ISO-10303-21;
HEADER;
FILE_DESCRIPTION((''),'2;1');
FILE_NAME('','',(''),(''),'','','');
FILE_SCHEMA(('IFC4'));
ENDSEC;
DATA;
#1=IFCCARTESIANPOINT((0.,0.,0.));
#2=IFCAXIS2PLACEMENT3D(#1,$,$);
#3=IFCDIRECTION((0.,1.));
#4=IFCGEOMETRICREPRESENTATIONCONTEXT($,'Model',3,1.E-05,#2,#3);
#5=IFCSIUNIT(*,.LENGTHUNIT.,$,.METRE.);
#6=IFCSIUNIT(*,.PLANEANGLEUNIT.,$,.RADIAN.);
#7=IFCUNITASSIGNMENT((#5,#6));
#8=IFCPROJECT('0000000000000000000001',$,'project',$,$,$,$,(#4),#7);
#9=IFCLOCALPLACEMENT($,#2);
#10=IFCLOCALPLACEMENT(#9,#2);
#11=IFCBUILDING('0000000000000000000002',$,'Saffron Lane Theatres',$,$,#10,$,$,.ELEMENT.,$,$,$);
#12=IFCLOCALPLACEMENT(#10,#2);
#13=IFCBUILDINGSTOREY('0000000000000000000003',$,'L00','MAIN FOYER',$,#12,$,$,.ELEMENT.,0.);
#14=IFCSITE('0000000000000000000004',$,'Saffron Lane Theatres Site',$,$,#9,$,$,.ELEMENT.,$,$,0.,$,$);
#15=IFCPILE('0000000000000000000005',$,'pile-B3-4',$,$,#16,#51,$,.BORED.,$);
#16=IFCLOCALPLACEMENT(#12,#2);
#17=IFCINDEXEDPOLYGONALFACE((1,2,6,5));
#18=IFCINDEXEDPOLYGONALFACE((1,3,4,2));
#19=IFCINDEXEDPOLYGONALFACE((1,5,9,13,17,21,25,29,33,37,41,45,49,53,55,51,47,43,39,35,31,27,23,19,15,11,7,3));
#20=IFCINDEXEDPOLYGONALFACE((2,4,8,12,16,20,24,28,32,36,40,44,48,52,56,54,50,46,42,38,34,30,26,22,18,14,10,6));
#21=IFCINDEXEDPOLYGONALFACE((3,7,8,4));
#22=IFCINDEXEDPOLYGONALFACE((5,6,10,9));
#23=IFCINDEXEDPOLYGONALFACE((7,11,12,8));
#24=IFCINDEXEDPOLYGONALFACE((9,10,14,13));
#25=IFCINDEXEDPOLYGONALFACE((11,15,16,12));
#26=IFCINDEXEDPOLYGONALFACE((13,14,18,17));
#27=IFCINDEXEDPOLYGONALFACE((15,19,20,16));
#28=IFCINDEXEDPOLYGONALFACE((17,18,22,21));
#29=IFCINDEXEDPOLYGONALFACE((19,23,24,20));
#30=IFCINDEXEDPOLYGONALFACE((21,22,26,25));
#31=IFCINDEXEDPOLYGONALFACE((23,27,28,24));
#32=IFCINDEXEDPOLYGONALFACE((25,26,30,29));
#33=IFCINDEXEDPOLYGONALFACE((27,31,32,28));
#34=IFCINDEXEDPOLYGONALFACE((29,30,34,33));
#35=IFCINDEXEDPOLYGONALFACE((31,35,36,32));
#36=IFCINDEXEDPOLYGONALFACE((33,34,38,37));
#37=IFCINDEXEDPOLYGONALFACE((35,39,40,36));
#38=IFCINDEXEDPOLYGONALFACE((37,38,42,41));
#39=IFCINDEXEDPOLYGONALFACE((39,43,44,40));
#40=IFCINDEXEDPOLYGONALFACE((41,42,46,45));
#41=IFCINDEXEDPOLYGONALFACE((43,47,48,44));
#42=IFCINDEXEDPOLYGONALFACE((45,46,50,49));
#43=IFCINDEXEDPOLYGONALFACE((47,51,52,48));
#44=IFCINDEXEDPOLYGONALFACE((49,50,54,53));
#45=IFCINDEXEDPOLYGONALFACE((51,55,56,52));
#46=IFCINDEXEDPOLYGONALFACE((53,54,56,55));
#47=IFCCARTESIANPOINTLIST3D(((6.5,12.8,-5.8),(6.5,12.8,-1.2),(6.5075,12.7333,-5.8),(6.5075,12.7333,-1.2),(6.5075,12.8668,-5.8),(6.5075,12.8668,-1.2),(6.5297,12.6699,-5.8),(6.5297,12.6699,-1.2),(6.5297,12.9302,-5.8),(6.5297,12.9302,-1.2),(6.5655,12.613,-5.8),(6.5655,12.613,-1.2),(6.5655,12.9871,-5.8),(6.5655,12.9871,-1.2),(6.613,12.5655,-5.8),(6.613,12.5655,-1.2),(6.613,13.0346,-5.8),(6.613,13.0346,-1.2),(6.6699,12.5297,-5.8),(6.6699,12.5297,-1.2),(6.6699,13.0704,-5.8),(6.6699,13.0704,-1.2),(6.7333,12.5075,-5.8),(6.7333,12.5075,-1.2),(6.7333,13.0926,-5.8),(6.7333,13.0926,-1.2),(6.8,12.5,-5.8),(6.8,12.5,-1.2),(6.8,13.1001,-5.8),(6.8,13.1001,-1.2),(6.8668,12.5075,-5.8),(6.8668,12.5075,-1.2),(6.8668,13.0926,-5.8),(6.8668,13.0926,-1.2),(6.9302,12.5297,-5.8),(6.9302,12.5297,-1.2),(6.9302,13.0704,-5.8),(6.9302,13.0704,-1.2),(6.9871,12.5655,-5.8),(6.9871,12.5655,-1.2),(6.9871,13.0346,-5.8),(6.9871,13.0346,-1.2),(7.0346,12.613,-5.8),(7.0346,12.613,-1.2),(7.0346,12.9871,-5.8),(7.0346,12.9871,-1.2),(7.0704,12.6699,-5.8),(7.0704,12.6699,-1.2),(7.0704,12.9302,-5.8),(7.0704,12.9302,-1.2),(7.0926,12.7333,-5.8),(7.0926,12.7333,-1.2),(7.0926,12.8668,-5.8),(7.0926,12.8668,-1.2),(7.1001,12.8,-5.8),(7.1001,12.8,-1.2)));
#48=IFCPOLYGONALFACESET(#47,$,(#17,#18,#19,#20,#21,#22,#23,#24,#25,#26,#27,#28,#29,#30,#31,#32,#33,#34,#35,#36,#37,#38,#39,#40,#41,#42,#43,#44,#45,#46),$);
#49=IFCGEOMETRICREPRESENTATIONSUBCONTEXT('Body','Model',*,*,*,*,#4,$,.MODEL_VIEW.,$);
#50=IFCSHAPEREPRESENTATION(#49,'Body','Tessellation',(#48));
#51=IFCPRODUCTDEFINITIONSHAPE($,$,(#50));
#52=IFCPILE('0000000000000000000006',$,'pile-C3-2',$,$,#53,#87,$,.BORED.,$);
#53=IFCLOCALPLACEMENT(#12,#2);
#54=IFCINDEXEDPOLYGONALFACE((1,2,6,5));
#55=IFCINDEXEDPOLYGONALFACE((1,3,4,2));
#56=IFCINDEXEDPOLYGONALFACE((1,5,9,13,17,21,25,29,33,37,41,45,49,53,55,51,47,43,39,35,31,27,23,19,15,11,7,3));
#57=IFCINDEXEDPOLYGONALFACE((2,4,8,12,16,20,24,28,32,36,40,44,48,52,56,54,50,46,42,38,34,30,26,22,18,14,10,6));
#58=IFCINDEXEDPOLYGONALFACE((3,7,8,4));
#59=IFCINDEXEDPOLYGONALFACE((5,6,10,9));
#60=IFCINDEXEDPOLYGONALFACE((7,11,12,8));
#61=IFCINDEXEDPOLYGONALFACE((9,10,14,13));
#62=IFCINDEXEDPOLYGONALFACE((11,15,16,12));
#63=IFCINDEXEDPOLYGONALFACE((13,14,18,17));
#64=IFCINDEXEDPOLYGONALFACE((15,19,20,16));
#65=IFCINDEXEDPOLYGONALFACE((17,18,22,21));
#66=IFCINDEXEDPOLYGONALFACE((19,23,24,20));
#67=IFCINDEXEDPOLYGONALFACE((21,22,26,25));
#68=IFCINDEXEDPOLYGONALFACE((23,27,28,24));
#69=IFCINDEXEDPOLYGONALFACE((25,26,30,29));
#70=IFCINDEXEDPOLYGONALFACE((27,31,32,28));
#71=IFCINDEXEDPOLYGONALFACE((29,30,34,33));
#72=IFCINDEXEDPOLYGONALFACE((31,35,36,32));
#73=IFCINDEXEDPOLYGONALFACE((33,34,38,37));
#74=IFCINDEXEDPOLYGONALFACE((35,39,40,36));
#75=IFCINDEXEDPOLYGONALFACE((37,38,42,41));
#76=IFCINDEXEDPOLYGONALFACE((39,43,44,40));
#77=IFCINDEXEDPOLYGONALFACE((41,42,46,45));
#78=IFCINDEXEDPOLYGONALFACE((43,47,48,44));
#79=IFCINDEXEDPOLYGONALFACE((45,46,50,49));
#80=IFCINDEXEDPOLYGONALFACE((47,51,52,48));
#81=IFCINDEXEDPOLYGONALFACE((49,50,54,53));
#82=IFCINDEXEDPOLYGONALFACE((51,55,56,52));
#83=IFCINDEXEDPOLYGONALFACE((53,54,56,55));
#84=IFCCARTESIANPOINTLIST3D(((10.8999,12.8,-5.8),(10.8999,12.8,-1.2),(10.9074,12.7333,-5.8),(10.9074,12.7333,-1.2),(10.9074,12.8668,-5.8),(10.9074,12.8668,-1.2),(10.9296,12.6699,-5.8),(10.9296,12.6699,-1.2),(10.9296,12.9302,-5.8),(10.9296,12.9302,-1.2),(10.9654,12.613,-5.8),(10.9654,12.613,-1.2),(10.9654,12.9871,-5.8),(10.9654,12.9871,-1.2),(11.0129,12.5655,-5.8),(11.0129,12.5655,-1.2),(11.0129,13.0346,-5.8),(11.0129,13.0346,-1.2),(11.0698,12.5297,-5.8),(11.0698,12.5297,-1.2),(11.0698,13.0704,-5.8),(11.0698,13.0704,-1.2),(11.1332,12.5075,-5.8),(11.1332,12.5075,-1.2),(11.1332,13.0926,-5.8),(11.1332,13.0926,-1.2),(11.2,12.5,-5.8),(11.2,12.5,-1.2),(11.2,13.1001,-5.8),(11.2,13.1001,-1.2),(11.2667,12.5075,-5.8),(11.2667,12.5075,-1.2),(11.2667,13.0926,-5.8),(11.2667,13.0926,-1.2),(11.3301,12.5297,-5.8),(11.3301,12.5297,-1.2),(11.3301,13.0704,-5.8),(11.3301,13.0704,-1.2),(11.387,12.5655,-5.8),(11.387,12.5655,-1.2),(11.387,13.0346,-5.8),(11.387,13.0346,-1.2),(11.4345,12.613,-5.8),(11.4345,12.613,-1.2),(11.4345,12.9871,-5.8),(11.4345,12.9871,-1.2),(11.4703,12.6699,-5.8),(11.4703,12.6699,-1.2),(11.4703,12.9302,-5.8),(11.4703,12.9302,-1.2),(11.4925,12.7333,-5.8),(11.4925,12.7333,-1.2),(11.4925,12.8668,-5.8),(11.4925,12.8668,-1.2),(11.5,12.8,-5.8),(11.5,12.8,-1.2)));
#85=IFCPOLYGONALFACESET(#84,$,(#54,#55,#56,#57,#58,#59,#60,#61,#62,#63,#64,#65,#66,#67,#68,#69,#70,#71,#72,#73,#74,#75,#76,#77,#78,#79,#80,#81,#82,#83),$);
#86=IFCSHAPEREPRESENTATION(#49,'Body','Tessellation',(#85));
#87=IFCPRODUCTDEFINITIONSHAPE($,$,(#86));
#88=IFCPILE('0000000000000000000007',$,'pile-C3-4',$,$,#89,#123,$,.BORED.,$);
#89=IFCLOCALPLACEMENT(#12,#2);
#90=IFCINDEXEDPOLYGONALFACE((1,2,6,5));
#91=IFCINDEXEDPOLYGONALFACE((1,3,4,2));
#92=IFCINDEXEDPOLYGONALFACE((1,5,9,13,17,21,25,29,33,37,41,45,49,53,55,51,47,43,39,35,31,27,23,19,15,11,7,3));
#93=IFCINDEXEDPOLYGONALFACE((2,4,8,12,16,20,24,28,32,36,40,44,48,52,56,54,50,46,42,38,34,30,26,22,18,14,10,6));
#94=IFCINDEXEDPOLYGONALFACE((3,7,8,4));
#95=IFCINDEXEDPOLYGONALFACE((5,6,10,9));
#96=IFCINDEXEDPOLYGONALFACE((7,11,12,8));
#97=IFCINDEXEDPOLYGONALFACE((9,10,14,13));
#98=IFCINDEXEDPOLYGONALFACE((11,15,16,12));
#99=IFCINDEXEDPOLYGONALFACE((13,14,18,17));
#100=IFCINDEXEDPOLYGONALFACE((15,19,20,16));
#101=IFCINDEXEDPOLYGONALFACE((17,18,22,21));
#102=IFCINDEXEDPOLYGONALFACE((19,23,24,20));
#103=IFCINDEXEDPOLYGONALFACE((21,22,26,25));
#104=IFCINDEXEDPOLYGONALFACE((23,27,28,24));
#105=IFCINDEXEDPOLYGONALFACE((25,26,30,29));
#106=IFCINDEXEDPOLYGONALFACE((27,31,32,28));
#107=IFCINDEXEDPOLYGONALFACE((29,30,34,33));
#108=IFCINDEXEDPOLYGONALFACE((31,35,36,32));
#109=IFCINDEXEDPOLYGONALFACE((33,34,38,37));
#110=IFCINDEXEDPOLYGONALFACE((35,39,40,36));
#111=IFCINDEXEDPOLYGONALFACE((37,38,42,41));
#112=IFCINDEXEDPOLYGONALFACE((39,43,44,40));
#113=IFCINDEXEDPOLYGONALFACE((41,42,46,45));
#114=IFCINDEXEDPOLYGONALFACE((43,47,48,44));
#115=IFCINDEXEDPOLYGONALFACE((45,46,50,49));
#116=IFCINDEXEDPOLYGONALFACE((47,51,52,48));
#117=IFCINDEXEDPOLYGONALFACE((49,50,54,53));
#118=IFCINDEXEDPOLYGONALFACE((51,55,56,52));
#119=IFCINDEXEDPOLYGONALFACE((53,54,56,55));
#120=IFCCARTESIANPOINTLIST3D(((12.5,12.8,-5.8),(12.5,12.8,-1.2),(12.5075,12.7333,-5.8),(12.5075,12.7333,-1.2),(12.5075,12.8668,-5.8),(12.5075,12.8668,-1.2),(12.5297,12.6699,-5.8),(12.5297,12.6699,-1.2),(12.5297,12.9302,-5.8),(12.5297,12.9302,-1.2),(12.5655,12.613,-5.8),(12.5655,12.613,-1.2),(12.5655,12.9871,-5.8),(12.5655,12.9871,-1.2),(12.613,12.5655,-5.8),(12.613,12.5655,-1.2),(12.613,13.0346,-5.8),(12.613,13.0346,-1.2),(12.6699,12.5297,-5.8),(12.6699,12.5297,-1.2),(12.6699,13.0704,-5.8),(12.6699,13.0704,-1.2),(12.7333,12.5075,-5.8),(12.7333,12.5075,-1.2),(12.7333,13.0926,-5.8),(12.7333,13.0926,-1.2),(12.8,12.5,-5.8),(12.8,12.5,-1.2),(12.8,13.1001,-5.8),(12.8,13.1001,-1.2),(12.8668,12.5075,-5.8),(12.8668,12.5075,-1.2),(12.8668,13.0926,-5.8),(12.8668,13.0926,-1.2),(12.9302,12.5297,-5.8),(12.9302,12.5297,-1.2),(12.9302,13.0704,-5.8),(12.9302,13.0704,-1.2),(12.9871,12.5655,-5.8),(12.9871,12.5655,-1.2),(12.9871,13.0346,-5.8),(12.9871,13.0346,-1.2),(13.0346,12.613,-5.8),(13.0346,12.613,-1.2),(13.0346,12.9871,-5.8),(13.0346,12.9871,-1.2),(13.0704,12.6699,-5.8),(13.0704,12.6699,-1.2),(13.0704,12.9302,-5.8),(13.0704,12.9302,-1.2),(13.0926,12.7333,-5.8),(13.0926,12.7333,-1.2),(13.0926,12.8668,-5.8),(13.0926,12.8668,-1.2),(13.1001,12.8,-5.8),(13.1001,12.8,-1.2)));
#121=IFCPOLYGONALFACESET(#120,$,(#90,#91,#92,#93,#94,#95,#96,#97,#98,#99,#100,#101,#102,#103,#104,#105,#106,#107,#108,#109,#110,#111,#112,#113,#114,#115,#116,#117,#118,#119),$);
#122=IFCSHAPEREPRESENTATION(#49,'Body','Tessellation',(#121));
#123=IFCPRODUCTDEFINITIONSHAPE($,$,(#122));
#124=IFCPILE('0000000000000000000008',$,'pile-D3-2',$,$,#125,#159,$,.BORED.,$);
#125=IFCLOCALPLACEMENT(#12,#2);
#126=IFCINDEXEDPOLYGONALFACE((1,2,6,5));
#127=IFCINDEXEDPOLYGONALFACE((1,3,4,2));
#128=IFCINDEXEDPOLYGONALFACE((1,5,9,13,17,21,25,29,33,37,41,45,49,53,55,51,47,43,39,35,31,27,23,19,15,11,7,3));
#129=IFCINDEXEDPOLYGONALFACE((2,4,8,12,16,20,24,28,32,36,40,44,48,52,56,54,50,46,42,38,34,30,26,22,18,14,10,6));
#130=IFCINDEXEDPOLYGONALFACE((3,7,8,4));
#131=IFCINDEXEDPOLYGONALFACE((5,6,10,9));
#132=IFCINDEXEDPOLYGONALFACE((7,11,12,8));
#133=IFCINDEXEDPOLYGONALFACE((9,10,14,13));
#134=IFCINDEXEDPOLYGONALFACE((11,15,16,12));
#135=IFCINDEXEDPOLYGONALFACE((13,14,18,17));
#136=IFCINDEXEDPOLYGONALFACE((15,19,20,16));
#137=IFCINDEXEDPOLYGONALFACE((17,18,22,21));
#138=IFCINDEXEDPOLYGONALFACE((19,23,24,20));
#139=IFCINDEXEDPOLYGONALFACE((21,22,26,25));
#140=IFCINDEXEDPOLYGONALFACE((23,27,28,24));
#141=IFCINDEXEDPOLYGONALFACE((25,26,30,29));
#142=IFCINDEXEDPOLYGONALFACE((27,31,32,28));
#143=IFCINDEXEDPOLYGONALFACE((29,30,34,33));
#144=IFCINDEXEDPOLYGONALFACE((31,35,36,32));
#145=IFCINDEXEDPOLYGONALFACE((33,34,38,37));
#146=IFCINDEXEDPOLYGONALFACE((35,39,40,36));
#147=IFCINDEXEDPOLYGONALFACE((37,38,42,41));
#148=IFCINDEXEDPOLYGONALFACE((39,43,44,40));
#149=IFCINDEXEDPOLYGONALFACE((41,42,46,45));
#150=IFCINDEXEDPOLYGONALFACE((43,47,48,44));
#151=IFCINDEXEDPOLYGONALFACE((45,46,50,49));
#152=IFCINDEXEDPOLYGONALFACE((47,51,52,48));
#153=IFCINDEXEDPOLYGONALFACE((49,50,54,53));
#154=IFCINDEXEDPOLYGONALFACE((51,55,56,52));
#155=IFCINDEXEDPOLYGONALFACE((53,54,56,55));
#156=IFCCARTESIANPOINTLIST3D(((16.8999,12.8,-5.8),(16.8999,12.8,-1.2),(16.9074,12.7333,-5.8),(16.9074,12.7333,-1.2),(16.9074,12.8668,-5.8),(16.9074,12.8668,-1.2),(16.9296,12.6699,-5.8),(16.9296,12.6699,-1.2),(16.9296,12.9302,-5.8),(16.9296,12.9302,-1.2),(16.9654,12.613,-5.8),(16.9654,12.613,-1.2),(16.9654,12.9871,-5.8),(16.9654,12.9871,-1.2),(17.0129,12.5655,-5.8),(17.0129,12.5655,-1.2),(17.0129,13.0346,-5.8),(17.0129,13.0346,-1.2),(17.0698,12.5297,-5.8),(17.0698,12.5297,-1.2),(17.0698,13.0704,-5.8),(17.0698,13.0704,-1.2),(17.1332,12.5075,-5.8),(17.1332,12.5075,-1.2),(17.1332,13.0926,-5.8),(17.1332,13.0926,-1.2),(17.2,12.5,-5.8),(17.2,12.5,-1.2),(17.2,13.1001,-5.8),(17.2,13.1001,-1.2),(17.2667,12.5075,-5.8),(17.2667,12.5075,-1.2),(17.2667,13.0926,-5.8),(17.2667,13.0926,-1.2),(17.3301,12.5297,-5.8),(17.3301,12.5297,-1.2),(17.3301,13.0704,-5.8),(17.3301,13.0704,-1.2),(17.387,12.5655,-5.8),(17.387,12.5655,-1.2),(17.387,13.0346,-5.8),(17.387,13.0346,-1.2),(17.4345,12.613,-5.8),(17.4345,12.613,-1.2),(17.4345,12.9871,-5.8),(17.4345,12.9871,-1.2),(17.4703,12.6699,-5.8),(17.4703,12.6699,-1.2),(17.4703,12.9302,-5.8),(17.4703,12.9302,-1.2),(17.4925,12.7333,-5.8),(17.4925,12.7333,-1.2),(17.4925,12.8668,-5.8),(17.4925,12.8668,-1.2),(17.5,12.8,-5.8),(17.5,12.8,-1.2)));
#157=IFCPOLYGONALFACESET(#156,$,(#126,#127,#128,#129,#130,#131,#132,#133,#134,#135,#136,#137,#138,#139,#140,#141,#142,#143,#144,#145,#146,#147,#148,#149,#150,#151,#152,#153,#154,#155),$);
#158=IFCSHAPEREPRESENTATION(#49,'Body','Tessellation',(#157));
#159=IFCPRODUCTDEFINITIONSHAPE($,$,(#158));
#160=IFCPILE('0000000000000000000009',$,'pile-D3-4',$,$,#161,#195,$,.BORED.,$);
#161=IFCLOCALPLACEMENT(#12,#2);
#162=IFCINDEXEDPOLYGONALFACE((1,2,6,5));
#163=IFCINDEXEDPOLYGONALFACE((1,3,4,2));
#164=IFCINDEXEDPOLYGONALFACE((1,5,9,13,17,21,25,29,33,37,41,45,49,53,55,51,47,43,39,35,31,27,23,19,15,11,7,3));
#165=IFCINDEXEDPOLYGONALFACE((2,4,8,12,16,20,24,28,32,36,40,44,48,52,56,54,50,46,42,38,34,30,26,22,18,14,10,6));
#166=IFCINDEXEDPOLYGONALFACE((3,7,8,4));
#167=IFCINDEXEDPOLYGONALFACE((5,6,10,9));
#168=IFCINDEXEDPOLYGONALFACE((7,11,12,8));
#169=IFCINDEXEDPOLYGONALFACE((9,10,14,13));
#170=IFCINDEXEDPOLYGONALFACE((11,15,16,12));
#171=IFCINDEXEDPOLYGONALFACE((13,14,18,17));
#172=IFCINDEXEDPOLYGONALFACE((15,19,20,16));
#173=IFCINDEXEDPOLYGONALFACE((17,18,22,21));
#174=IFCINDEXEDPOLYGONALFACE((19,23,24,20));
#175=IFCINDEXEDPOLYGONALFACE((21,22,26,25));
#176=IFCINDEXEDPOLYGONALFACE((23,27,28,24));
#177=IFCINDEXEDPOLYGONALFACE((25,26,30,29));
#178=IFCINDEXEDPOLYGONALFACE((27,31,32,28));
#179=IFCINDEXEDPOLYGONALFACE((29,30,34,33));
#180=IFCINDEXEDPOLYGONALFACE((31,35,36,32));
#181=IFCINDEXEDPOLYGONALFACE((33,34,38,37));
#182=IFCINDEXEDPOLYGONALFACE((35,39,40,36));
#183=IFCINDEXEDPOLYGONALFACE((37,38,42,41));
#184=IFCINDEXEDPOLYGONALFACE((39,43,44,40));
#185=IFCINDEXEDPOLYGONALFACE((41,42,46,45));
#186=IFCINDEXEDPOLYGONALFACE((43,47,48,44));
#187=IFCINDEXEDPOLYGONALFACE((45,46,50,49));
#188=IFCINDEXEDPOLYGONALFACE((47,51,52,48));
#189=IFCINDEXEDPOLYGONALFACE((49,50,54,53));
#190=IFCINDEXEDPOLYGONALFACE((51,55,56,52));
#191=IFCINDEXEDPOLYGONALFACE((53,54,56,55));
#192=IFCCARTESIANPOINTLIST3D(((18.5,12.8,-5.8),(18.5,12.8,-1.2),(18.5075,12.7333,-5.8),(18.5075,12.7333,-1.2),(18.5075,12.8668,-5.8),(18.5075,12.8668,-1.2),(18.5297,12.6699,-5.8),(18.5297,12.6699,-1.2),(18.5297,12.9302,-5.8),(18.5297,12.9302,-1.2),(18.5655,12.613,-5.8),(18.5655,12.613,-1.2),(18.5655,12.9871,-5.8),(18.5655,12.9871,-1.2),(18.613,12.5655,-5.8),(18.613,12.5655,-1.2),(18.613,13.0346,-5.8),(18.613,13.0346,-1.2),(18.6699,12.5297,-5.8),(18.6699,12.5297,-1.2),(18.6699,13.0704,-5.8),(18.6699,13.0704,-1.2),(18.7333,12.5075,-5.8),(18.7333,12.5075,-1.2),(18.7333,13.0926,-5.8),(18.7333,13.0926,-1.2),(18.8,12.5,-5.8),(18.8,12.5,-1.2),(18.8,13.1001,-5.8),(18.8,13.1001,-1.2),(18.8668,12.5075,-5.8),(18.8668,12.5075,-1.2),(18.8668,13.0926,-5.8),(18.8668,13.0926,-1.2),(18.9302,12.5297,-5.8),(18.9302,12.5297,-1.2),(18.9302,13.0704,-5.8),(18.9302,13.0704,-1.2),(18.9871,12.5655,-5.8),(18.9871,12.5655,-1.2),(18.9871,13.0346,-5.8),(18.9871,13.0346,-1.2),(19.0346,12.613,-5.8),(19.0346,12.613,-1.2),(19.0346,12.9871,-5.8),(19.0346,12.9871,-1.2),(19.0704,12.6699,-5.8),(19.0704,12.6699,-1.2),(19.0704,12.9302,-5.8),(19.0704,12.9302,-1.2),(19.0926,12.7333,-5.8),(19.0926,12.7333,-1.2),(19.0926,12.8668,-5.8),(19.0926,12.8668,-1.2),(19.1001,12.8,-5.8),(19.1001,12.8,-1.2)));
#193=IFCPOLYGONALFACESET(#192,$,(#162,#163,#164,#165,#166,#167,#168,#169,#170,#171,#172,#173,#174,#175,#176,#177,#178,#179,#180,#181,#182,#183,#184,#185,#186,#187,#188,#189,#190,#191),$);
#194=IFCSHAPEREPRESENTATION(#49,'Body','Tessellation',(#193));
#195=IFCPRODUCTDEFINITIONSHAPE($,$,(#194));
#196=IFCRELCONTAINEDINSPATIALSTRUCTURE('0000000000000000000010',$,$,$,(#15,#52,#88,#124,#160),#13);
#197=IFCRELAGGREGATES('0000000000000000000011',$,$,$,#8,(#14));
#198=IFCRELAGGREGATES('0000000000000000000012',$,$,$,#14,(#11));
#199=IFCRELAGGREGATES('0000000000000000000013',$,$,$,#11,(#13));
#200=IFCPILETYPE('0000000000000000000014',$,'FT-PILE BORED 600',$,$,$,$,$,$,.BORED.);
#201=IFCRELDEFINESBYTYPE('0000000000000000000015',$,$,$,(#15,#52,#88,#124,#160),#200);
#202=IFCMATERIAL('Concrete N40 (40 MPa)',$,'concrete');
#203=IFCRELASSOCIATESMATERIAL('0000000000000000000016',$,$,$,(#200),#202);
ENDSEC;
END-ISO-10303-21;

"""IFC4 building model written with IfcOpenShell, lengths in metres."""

from ifc_helpers import new_model, si_unit, direction, frame, origin, origin_2d, place, context, subcontext, project, spatial, circle, extrude, material, material_profile, profile_set, type_object, element, save


model = new_model("IFC4")

# Units and contexts
model_context = context("Model", 3, precision=1e-05, world=origin(), true_north=direction((0.0, 1.0)))
body_context = subcontext(model_context, "Body", "Model", "MODEL_VIEW")
ifc_project = project(units=[si_unit("LENGTHUNIT", "METRE"), si_unit("PLANEANGLEUNIT", "RADIAN")], contexts=[model_context])

# Site, building, storey
site_placement = place(None, origin())
site = spatial("IfcSite", under=ifc_project, at=site_placement, Name="Saffron Lane Theatres Site", CompositionType="ELEMENT", RefElevation=0.0)
building_placement = place(site_placement, origin())
building = spatial("IfcBuilding", under=site, at=building_placement, Name="Saffron Lane Theatres", CompositionType="ELEMENT")
storey_placement = place(building_placement, origin())
storey = spatial("IfcBuildingStorey", under=building, at=storey_placement, Name="L00", Description="MAIN FOYER", CompositionType="ELEMENT", Elevation=0.0)

# Piles
ifc_material_1 = material(Name="Concrete N40 (40 MPa)", Category="concrete")
ifc_material_profile_1 = material_profile(ifc_material_1, circle(Radius=0.3, at=origin_2d()))
ifc_profile_set_1 = profile_set([ifc_material_profile_1], Name="Concrete N40 (40 MPa)")
pile_type = type_object("IfcPileType", Name="FT-PILE BORED 600", PredefinedType="BORED", material=ifc_profile_set_1)
for number, where, z_axis, x_axis, name in (
    (1, (6.8, 12.8, -1.2), (0.0, 0.0, -1.0), (1.0, 0.0, 0.0), "pile-B3-4"),
    (2, (11.2, 12.8, -1.2), (0.0, 0.0, -1.0), (1.0, 0.0, 0.0), "pile-C3-2"),
    (3, (12.8, 12.8, -1.2), (0.0, 0.0, -1.0), (1.0, 0.0, 0.0), "pile-C3-4"),
    (4, (17.2, 12.8, -1.2), (0.0, 0.0, -1.0), (1.0, 0.0, 0.0), "pile-D3-2"),
    (5, (18.8, 12.8, -1.2), (0.0, 0.0, -1.0), (1.0, 0.0, 0.0), "pile-D3-4"),
):
    element("IfcPile", number, at=place(storey_placement, frame(where, z_axis=z_axis, x_axis=x_axis)), inside=storey, type_object=pile_type, Name=name, PredefinedType="BORED", context=body_context, shape_type="SweptSolid", body=[
        extrude(circle(Radius=0.3, at=origin_2d()), origin(), (0.0, 0.0, 1.0), 4.6001),
    ])

save(model, "model.ifc")
